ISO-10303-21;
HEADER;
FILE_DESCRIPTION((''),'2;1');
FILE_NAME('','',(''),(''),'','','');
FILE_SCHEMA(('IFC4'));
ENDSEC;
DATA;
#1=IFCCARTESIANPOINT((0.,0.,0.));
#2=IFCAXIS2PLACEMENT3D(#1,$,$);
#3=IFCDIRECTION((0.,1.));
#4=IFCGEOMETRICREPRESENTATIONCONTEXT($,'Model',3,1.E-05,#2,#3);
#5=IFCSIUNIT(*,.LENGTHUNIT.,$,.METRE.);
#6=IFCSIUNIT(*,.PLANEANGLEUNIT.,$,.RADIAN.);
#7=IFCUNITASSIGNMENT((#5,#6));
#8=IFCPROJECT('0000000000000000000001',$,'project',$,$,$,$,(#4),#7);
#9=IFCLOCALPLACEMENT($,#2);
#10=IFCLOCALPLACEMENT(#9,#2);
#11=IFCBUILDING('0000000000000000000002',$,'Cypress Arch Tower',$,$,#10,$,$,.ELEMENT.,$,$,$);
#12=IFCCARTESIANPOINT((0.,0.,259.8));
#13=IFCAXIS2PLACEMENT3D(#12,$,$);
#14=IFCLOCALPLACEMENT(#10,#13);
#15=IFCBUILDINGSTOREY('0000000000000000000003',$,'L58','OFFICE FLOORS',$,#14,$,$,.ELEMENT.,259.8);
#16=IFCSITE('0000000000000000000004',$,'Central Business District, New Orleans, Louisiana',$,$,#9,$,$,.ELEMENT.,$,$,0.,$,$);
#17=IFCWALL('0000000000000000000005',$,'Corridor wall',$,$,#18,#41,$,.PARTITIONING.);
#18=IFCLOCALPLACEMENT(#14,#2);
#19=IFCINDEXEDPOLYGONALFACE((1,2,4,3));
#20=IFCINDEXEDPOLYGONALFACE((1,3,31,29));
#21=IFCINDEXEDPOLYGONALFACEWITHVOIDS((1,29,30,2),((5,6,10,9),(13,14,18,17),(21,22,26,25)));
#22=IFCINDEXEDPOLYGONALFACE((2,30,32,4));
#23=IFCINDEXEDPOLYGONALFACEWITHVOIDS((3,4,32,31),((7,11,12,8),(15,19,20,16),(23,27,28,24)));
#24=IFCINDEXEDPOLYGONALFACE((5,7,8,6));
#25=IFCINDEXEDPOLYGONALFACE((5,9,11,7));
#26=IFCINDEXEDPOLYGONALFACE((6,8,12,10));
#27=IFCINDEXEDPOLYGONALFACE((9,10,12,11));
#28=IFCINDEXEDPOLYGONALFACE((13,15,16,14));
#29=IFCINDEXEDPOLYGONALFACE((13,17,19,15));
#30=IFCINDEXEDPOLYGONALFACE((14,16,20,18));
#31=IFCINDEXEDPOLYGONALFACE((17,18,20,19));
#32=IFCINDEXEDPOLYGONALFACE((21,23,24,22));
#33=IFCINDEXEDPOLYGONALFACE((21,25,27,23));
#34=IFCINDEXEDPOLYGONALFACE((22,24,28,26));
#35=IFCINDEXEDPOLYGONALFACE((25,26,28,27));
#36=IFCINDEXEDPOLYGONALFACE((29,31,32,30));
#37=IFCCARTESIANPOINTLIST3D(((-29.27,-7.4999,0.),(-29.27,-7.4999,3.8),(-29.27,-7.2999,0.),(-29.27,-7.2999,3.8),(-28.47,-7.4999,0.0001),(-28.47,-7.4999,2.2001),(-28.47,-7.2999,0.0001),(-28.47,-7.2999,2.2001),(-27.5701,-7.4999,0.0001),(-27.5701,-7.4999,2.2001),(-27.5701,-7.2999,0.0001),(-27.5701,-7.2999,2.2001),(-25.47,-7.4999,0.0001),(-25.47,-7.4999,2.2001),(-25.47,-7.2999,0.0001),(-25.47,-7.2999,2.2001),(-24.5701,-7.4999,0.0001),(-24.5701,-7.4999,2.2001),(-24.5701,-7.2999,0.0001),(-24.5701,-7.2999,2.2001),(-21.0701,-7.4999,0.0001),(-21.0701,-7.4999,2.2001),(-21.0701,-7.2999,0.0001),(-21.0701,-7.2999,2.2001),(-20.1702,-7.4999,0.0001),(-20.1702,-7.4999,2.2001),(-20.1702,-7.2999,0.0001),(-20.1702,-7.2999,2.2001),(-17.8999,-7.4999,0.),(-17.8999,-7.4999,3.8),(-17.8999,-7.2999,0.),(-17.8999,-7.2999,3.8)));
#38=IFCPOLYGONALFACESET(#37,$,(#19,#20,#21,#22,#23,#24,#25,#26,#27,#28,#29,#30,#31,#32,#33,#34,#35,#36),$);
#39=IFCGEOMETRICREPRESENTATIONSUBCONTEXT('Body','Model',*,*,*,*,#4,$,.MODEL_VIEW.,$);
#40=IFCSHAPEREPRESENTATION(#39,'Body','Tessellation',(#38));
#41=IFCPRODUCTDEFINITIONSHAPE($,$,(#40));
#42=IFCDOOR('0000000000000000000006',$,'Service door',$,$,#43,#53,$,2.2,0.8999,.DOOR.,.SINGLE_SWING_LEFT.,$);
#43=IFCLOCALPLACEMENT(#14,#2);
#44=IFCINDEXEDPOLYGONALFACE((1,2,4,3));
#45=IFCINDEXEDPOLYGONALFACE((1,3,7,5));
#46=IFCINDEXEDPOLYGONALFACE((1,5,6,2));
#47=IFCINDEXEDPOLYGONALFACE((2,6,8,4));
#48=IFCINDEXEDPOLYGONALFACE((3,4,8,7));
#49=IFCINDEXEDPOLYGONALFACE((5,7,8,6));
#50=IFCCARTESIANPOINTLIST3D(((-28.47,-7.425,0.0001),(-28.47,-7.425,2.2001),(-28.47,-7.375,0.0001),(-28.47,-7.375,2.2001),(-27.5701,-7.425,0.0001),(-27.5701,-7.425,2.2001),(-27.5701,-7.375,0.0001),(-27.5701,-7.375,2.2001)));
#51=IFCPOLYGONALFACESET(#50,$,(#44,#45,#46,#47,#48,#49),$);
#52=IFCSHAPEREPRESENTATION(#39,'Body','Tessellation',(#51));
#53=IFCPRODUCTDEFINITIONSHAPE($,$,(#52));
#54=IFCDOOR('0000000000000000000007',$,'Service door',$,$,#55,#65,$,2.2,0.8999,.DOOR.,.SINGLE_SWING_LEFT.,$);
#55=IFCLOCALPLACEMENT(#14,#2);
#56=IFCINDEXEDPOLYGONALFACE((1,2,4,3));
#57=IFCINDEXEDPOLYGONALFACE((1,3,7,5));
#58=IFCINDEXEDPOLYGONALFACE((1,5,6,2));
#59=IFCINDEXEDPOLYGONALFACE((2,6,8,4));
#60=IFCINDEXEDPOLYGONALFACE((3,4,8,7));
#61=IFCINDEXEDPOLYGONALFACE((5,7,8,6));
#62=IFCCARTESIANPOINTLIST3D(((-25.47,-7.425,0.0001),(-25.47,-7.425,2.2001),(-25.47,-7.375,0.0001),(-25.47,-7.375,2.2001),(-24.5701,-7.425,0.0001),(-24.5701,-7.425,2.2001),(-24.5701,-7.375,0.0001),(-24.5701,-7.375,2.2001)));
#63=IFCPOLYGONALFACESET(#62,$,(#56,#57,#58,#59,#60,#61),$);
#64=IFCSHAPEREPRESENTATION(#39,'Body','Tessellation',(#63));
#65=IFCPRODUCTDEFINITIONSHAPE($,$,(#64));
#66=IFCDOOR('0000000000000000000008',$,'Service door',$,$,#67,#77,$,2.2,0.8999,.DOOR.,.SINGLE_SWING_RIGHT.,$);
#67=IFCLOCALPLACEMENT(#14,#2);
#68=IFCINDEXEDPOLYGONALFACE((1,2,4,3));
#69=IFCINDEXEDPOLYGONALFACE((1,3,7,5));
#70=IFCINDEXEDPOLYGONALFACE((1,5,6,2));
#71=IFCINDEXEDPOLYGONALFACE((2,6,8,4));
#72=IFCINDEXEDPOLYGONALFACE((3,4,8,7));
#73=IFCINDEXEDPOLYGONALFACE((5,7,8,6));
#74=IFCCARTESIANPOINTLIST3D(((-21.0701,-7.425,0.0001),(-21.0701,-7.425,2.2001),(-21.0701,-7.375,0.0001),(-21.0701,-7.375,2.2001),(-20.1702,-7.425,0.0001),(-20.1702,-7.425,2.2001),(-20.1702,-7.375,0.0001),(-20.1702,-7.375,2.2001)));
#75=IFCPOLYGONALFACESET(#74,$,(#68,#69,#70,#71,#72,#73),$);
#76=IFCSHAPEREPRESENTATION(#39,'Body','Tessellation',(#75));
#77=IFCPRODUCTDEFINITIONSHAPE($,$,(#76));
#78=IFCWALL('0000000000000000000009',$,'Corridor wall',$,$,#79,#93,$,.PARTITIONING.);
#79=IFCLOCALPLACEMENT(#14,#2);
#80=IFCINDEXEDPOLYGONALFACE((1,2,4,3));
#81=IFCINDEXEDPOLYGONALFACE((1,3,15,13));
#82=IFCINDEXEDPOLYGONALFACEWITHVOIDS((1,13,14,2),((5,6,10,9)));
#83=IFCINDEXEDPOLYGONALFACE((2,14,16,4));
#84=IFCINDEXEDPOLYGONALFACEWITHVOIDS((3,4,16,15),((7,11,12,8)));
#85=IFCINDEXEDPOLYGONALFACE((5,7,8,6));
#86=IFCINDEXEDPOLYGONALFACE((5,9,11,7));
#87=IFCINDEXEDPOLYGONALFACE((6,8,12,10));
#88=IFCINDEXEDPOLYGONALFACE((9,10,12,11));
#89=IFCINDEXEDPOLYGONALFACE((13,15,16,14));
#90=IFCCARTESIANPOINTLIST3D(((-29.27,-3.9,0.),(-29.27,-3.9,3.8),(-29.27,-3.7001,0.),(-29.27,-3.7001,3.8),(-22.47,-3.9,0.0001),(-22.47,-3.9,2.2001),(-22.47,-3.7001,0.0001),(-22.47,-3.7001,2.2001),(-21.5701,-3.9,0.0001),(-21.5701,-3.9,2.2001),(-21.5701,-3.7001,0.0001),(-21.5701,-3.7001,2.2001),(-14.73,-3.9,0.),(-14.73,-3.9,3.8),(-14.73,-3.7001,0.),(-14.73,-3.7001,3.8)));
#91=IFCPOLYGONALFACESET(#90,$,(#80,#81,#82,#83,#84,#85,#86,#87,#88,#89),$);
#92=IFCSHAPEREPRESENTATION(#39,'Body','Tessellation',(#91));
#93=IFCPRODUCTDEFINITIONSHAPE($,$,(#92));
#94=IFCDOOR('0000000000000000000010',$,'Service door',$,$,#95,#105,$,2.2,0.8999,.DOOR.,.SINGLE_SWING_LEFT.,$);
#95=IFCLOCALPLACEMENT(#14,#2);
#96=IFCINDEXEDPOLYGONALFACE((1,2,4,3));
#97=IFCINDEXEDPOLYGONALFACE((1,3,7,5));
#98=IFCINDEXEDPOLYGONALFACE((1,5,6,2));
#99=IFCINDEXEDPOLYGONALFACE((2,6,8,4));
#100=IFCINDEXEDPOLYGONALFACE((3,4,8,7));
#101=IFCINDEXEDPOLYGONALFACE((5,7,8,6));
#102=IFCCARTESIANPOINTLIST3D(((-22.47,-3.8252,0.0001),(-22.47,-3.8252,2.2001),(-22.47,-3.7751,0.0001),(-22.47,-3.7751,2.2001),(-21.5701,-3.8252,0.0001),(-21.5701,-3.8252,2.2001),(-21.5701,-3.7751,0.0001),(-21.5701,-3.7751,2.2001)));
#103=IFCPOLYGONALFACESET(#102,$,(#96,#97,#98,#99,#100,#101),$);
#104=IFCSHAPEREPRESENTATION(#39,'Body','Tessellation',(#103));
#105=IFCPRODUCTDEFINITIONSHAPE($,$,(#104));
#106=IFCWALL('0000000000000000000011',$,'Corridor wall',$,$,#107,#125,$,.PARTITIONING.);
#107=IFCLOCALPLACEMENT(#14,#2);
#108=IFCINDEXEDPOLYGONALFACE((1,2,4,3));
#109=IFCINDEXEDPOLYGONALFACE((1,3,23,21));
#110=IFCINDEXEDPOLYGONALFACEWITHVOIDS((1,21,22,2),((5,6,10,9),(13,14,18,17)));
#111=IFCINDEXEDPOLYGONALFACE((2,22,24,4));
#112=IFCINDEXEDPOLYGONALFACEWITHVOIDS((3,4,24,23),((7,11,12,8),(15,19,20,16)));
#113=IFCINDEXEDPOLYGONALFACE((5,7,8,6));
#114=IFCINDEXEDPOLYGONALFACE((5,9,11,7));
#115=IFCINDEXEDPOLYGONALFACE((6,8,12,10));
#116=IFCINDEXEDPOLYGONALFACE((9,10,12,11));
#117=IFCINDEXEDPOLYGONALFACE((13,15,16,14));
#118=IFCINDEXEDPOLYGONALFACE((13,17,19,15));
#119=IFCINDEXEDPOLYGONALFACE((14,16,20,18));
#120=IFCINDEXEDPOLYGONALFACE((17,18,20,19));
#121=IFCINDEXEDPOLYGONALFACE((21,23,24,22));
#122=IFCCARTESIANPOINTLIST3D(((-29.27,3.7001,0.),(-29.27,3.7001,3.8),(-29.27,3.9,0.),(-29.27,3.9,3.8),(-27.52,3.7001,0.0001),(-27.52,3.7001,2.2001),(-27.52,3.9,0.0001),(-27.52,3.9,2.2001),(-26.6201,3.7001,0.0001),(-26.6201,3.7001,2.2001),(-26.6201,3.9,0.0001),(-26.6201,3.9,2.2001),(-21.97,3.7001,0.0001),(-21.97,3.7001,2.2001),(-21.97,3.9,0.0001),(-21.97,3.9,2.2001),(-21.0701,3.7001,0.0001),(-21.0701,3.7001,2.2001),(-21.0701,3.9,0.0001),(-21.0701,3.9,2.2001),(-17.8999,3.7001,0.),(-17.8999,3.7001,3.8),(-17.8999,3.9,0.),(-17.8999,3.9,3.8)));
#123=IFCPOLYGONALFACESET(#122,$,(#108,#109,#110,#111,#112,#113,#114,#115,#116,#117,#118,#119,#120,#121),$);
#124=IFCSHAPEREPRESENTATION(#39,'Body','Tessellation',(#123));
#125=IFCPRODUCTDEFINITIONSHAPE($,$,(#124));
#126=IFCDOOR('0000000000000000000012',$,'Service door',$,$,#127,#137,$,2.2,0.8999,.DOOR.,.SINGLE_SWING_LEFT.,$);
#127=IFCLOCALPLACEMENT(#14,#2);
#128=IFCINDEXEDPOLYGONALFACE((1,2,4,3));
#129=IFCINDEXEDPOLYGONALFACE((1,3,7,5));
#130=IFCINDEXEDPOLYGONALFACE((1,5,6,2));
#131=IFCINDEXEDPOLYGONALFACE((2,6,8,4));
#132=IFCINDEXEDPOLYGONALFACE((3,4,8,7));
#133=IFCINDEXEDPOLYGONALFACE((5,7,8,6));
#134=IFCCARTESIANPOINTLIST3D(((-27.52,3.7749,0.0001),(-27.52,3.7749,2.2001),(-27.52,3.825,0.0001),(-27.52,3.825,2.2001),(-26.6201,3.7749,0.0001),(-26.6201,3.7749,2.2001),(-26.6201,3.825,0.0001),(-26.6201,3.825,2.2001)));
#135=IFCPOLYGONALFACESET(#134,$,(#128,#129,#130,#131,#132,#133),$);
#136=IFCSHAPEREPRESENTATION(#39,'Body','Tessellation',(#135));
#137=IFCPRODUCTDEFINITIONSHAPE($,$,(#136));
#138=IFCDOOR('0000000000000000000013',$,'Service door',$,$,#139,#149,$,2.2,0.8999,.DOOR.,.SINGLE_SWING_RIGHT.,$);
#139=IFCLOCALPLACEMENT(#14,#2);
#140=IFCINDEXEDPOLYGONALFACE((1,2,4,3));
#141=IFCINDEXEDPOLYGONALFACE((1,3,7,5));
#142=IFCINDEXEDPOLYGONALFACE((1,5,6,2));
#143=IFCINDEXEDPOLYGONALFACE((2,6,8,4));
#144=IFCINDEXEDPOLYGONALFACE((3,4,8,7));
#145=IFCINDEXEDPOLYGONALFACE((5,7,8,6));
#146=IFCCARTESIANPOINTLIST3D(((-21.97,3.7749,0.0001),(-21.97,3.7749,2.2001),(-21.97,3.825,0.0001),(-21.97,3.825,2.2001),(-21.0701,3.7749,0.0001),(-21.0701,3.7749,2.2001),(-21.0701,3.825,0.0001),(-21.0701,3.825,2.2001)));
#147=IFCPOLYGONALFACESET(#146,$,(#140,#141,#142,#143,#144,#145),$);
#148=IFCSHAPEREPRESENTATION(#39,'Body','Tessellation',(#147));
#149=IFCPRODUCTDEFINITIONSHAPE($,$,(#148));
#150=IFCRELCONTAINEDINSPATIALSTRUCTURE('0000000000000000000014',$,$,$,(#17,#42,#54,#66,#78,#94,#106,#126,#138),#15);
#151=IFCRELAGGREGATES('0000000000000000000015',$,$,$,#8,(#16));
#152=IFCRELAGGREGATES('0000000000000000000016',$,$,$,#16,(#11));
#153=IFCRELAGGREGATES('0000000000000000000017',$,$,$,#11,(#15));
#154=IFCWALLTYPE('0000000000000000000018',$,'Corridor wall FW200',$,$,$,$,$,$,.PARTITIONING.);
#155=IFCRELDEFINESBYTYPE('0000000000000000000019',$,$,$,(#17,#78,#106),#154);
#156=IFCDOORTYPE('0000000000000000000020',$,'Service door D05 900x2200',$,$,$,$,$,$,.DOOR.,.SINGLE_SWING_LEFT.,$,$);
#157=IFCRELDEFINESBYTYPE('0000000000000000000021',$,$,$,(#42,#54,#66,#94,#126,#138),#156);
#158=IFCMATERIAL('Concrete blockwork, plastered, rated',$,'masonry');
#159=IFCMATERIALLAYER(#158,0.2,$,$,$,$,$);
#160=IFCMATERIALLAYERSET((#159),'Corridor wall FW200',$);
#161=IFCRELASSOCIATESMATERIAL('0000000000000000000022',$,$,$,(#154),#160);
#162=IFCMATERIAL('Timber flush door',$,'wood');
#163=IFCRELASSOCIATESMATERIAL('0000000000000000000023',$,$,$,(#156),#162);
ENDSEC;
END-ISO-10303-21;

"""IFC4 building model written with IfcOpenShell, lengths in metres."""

from ifc_helpers import new_model, si_unit, direction, frame, frame_2d, origin, place, context, subcontext, project, spatial, rectangle, extrude, material, layer, layer_set, type_object, element, fill, save


model = new_model("IFC4")

# Units and contexts
model_context = context("Model", 3, precision=1e-05, world=origin(), true_north=direction((0.0, 1.0)))
body_context = subcontext(model_context, "Body", "Model", "MODEL_VIEW")
ifc_project = project(units=[si_unit("LENGTHUNIT", "METRE"), si_unit("PLANEANGLEUNIT", "RADIAN")], contexts=[model_context])

# Site, building, storey
site_placement = place(None, origin())
site = spatial("IfcSite", under=ifc_project, at=site_placement, Name="Central Business District, New Orleans, Louisiana", CompositionType="ELEMENT", RefElevation=0.0)
building_placement = place(site_placement, origin())
building = spatial("IfcBuilding", under=site, at=building_placement, Name="Cypress Arch Tower", CompositionType="ELEMENT")
storey_placement = place(building_placement, frame((0.0, 0.0, 259.8)))
storey = spatial("IfcBuildingStorey", under=building, at=storey_placement, Name="L58", Description="OFFICE FLOORS", CompositionType="ELEMENT", Elevation=259.8)

# Wall, openings, doors
ifc_material_1 = material(Name="Concrete blockwork, plastered, rated", Category="masonry")
ifc_layer_1 = layer(ifc_material_1, 0.2)
ifc_layer_set_1 = layer_set([ifc_layer_1], Name="Corridor wall FW200")
wall_type_1 = type_object("IfcWallType", Name="Corridor wall FW200", PredefinedType="PARTITIONING", material=ifc_layer_set_1)
wall_1_placement = place(storey_placement, frame((-29.27, -7.3999, 0.0), z_axis=(0.0, 0.0, 1.0), x_axis=(1.0, 0.0, 0.0)))
wall_1 = element("IfcWall", 1, at=wall_1_placement, inside=storey, type_object=wall_type_1, Name="Corridor wall", PredefinedType="PARTITIONING", context=body_context, shape_type="SweptSolid", body=[
    extrude(rectangle(XDim=11.3701, YDim=0.2, at=frame_2d((5.6851, 0.0))), origin(), (0.0, 0.0, 1.0), 3.8),
])
opening_1_placement = place(wall_1_placement, frame((0.8, 0.0, 0.0)))
opening_1 = element("IfcOpeningElement", 2, at=opening_1_placement, cuts=wall_1, PredefinedType="OPENING", context=body_context, shape_type="SweptSolid", body=[
    extrude(rectangle(XDim=0.8999, YDim=2.2, at=frame_2d((0.45, 1.1001))), frame((0.0, 0.1099, 0.0), z_axis=(0.0, -1.0, 0.0), x_axis=(1.0, 0.0, 0.0)), (0.0, 0.0, 1.0), 0.22),
])
opening_2_placement = place(wall_1_placement, frame((3.8, 0.0, 0.0)))
opening_2 = element("IfcOpeningElement", 3, at=opening_2_placement, cuts=wall_1, PredefinedType="OPENING", context=body_context, shape_type="SweptSolid", body=[
    extrude(rectangle(XDim=0.8999, YDim=2.2, at=frame_2d((0.45, 1.1001))), frame((0.0, 0.1099, 0.0), z_axis=(0.0, -1.0, 0.0), x_axis=(1.0, 0.0, 0.0)), (0.0, 0.0, 1.0), 0.22),
])
opening_3_placement = place(wall_1_placement, frame((8.2, 0.0, 0.0)))
opening_3 = element("IfcOpeningElement", 4, at=opening_3_placement, cuts=wall_1, PredefinedType="OPENING", context=body_context, shape_type="SweptSolid", body=[
    extrude(rectangle(XDim=0.8999, YDim=2.2, at=frame_2d((0.45, 1.1001))), frame((0.0, 0.1099, 0.0), z_axis=(0.0, -1.0, 0.0), x_axis=(1.0, 0.0, 0.0)), (0.0, 0.0, 1.0), 0.22),
])
ifc_material_2 = material(Name="Timber flush door", Category="wood")
door_type_1 = type_object("IfcDoorType", Name="Service door D05 900x2200", OperationType="SINGLE_SWING_LEFT", PredefinedType="DOOR", material=ifc_material_2)
door_1_placement = place(opening_1_placement, origin())
door_1 = element("IfcDoor", 5, at=door_1_placement, inside=storey, type_object=door_type_1, Name="Service door", OperationType="SINGLE_SWING_LEFT", OverallHeight=2.2, OverallWidth=0.8999, PredefinedType="DOOR", context=body_context, shape_type="SweptSolid", body=[
    extrude(rectangle(XDim=0.8999, YDim=2.2, at=frame_2d((0.45, 1.1001))), frame((0.0, 0.0249, 0.0), z_axis=(0.0, -1.0, 0.0), x_axis=(1.0, 0.0, 0.0)), (0.0, 0.0, 1.0), 0.05),
])
fill(opening_1, door_1)
door_2_placement = place(opening_2_placement, origin())
door_2 = element("IfcDoor", 6, at=door_2_placement, inside=storey, type_object=door_type_1, Name="Service door", OperationType="SINGLE_SWING_LEFT", OverallHeight=2.2, OverallWidth=0.8999, PredefinedType="DOOR", context=body_context, shape_type="SweptSolid", body=[
    extrude(rectangle(XDim=0.8999, YDim=2.2, at=frame_2d((0.45, 1.1001))), frame((0.0, 0.0249, 0.0), z_axis=(0.0, -1.0, 0.0), x_axis=(1.0, 0.0, 0.0)), (0.0, 0.0, 1.0), 0.05),
])
fill(opening_2, door_2)
door_3_placement = place(opening_3_placement, origin())
door_3 = element("IfcDoor", 7, at=door_3_placement, inside=storey, type_object=door_type_1, Name="Service door", OperationType="SINGLE_SWING_RIGHT", OverallHeight=2.2, OverallWidth=0.8999, PredefinedType="DOOR", context=body_context, shape_type="SweptSolid", body=[
    extrude(rectangle(XDim=0.8999, YDim=2.2, at=frame_2d((0.45, 1.1001))), frame((0.0, 0.0249, 0.0), z_axis=(0.0, -1.0, 0.0), x_axis=(1.0, 0.0, 0.0)), (0.0, 0.0, 1.0), 0.05),
])
fill(opening_3, door_3)

# Wall, opening, door
wall_2_placement = place(storey_placement, frame((-29.27, -3.8, 0.0), z_axis=(0.0, 0.0, 1.0), x_axis=(1.0, 0.0, 0.0)))
wall_2 = element("IfcWall", 8, at=wall_2_placement, inside=storey, type_object=wall_type_1, Name="Corridor wall", PredefinedType="PARTITIONING", context=body_context, shape_type="SweptSolid", body=[
    extrude(rectangle(XDim=14.54, YDim=0.2, at=frame_2d((7.27, 0.0))), origin(), (0.0, 0.0, 1.0), 3.8),
])
opening_4_placement = place(wall_2_placement, frame((6.8, 0.0, 0.0)))
opening_4 = element("IfcOpeningElement", 9, at=opening_4_placement, cuts=wall_2, PredefinedType="OPENING", context=body_context, shape_type="SweptSolid", body=[
    extrude(rectangle(XDim=0.8999, YDim=2.2, at=frame_2d((0.45, 1.1001))), frame((0.0, 0.1099, 0.0), z_axis=(0.0, -1.0, 0.0), x_axis=(1.0, 0.0, 0.0)), (0.0, 0.0, 1.0), 0.22),
])
door_4_placement = place(opening_4_placement, origin())
door_4 = element("IfcDoor", 10, at=door_4_placement, inside=storey, type_object=door_type_1, Name="Service door", OperationType="SINGLE_SWING_LEFT", OverallHeight=2.2, OverallWidth=0.8999, PredefinedType="DOOR", context=body_context, shape_type="SweptSolid", body=[
    extrude(rectangle(XDim=0.8999, YDim=2.2, at=frame_2d((0.45, 1.1001))), frame((0.0, 0.0249, 0.0), z_axis=(0.0, -1.0, 0.0), x_axis=(1.0, 0.0, 0.0)), (0.0, 0.0, 1.0), 0.05),
])
fill(opening_4, door_4)

# Wall, openings, doors
wall_3_placement = place(storey_placement, frame((-29.27, 3.8, 0.0), z_axis=(0.0, 0.0, 1.0), x_axis=(1.0, 0.0, 0.0)))
wall_3 = element("IfcWall", 11, at=wall_3_placement, inside=storey, type_object=wall_type_1, Name="Corridor wall", PredefinedType="PARTITIONING", context=body_context, shape_type="SweptSolid", body=[
    extrude(rectangle(XDim=11.3701, YDim=0.2, at=frame_2d((5.6851, 0.0))), origin(), (0.0, 0.0, 1.0), 3.8),
])
opening_5_placement = place(wall_3_placement, frame((1.75, 0.0, 0.0)))
opening_5 = element("IfcOpeningElement", 12, at=opening_5_placement, cuts=wall_3, PredefinedType="OPENING", context=body_context, shape_type="SweptSolid", body=[
    extrude(rectangle(XDim=0.8999, YDim=2.2, at=frame_2d((0.45, 1.1001))), frame((0.0, 0.1099, 0.0), z_axis=(0.0, -1.0, 0.0), x_axis=(1.0, 0.0, 0.0)), (0.0, 0.0, 1.0), 0.22),
])
opening_6_placement = place(wall_3_placement, frame((7.3, 0.0, 0.0)))
opening_6 = element("IfcOpeningElement", 13, at=opening_6_placement, cuts=wall_3, PredefinedType="OPENING", context=body_context, shape_type="SweptSolid", body=[
    extrude(rectangle(XDim=0.8999, YDim=2.2, at=frame_2d((0.45, 1.1001))), frame((0.0, 0.1099, 0.0), z_axis=(0.0, -1.0, 0.0), x_axis=(1.0, 0.0, 0.0)), (0.0, 0.0, 1.0), 0.22),
])
door_5_placement = place(opening_5_placement, origin())
door_5 = element("IfcDoor", 14, at=door_5_placement, inside=storey, type_object=door_type_1, Name="Service door", OperationType="SINGLE_SWING_LEFT", OverallHeight=2.2, OverallWidth=0.8999, PredefinedType="DOOR", context=body_context, shape_type="SweptSolid", body=[
    extrude(rectangle(XDim=0.8999, YDim=2.2, at=frame_2d((0.45, 1.1001))), frame((0.0, 0.0249, 0.0), z_axis=(0.0, -1.0, 0.0), x_axis=(1.0, 0.0, 0.0)), (0.0, 0.0, 1.0), 0.05),
])
fill(opening_5, door_5)
door_6_placement = place(opening_6_placement, origin())
door_6 = element("IfcDoor", 15, at=door_6_placement, inside=storey, type_object=door_type_1, Name="Service door", OperationType="SINGLE_SWING_RIGHT", OverallHeight=2.2, OverallWidth=0.8999, PredefinedType="DOOR", context=body_context, shape_type="SweptSolid", body=[
    extrude(rectangle(XDim=0.8999, YDim=2.2, at=frame_2d((0.45, 1.1001))), frame((0.0, 0.0249, 0.0), z_axis=(0.0, -1.0, 0.0), x_axis=(1.0, 0.0, 0.0)), (0.0, 0.0, 1.0), 0.05),
])
fill(opening_6, door_6)

save(model, "model.ifc")
